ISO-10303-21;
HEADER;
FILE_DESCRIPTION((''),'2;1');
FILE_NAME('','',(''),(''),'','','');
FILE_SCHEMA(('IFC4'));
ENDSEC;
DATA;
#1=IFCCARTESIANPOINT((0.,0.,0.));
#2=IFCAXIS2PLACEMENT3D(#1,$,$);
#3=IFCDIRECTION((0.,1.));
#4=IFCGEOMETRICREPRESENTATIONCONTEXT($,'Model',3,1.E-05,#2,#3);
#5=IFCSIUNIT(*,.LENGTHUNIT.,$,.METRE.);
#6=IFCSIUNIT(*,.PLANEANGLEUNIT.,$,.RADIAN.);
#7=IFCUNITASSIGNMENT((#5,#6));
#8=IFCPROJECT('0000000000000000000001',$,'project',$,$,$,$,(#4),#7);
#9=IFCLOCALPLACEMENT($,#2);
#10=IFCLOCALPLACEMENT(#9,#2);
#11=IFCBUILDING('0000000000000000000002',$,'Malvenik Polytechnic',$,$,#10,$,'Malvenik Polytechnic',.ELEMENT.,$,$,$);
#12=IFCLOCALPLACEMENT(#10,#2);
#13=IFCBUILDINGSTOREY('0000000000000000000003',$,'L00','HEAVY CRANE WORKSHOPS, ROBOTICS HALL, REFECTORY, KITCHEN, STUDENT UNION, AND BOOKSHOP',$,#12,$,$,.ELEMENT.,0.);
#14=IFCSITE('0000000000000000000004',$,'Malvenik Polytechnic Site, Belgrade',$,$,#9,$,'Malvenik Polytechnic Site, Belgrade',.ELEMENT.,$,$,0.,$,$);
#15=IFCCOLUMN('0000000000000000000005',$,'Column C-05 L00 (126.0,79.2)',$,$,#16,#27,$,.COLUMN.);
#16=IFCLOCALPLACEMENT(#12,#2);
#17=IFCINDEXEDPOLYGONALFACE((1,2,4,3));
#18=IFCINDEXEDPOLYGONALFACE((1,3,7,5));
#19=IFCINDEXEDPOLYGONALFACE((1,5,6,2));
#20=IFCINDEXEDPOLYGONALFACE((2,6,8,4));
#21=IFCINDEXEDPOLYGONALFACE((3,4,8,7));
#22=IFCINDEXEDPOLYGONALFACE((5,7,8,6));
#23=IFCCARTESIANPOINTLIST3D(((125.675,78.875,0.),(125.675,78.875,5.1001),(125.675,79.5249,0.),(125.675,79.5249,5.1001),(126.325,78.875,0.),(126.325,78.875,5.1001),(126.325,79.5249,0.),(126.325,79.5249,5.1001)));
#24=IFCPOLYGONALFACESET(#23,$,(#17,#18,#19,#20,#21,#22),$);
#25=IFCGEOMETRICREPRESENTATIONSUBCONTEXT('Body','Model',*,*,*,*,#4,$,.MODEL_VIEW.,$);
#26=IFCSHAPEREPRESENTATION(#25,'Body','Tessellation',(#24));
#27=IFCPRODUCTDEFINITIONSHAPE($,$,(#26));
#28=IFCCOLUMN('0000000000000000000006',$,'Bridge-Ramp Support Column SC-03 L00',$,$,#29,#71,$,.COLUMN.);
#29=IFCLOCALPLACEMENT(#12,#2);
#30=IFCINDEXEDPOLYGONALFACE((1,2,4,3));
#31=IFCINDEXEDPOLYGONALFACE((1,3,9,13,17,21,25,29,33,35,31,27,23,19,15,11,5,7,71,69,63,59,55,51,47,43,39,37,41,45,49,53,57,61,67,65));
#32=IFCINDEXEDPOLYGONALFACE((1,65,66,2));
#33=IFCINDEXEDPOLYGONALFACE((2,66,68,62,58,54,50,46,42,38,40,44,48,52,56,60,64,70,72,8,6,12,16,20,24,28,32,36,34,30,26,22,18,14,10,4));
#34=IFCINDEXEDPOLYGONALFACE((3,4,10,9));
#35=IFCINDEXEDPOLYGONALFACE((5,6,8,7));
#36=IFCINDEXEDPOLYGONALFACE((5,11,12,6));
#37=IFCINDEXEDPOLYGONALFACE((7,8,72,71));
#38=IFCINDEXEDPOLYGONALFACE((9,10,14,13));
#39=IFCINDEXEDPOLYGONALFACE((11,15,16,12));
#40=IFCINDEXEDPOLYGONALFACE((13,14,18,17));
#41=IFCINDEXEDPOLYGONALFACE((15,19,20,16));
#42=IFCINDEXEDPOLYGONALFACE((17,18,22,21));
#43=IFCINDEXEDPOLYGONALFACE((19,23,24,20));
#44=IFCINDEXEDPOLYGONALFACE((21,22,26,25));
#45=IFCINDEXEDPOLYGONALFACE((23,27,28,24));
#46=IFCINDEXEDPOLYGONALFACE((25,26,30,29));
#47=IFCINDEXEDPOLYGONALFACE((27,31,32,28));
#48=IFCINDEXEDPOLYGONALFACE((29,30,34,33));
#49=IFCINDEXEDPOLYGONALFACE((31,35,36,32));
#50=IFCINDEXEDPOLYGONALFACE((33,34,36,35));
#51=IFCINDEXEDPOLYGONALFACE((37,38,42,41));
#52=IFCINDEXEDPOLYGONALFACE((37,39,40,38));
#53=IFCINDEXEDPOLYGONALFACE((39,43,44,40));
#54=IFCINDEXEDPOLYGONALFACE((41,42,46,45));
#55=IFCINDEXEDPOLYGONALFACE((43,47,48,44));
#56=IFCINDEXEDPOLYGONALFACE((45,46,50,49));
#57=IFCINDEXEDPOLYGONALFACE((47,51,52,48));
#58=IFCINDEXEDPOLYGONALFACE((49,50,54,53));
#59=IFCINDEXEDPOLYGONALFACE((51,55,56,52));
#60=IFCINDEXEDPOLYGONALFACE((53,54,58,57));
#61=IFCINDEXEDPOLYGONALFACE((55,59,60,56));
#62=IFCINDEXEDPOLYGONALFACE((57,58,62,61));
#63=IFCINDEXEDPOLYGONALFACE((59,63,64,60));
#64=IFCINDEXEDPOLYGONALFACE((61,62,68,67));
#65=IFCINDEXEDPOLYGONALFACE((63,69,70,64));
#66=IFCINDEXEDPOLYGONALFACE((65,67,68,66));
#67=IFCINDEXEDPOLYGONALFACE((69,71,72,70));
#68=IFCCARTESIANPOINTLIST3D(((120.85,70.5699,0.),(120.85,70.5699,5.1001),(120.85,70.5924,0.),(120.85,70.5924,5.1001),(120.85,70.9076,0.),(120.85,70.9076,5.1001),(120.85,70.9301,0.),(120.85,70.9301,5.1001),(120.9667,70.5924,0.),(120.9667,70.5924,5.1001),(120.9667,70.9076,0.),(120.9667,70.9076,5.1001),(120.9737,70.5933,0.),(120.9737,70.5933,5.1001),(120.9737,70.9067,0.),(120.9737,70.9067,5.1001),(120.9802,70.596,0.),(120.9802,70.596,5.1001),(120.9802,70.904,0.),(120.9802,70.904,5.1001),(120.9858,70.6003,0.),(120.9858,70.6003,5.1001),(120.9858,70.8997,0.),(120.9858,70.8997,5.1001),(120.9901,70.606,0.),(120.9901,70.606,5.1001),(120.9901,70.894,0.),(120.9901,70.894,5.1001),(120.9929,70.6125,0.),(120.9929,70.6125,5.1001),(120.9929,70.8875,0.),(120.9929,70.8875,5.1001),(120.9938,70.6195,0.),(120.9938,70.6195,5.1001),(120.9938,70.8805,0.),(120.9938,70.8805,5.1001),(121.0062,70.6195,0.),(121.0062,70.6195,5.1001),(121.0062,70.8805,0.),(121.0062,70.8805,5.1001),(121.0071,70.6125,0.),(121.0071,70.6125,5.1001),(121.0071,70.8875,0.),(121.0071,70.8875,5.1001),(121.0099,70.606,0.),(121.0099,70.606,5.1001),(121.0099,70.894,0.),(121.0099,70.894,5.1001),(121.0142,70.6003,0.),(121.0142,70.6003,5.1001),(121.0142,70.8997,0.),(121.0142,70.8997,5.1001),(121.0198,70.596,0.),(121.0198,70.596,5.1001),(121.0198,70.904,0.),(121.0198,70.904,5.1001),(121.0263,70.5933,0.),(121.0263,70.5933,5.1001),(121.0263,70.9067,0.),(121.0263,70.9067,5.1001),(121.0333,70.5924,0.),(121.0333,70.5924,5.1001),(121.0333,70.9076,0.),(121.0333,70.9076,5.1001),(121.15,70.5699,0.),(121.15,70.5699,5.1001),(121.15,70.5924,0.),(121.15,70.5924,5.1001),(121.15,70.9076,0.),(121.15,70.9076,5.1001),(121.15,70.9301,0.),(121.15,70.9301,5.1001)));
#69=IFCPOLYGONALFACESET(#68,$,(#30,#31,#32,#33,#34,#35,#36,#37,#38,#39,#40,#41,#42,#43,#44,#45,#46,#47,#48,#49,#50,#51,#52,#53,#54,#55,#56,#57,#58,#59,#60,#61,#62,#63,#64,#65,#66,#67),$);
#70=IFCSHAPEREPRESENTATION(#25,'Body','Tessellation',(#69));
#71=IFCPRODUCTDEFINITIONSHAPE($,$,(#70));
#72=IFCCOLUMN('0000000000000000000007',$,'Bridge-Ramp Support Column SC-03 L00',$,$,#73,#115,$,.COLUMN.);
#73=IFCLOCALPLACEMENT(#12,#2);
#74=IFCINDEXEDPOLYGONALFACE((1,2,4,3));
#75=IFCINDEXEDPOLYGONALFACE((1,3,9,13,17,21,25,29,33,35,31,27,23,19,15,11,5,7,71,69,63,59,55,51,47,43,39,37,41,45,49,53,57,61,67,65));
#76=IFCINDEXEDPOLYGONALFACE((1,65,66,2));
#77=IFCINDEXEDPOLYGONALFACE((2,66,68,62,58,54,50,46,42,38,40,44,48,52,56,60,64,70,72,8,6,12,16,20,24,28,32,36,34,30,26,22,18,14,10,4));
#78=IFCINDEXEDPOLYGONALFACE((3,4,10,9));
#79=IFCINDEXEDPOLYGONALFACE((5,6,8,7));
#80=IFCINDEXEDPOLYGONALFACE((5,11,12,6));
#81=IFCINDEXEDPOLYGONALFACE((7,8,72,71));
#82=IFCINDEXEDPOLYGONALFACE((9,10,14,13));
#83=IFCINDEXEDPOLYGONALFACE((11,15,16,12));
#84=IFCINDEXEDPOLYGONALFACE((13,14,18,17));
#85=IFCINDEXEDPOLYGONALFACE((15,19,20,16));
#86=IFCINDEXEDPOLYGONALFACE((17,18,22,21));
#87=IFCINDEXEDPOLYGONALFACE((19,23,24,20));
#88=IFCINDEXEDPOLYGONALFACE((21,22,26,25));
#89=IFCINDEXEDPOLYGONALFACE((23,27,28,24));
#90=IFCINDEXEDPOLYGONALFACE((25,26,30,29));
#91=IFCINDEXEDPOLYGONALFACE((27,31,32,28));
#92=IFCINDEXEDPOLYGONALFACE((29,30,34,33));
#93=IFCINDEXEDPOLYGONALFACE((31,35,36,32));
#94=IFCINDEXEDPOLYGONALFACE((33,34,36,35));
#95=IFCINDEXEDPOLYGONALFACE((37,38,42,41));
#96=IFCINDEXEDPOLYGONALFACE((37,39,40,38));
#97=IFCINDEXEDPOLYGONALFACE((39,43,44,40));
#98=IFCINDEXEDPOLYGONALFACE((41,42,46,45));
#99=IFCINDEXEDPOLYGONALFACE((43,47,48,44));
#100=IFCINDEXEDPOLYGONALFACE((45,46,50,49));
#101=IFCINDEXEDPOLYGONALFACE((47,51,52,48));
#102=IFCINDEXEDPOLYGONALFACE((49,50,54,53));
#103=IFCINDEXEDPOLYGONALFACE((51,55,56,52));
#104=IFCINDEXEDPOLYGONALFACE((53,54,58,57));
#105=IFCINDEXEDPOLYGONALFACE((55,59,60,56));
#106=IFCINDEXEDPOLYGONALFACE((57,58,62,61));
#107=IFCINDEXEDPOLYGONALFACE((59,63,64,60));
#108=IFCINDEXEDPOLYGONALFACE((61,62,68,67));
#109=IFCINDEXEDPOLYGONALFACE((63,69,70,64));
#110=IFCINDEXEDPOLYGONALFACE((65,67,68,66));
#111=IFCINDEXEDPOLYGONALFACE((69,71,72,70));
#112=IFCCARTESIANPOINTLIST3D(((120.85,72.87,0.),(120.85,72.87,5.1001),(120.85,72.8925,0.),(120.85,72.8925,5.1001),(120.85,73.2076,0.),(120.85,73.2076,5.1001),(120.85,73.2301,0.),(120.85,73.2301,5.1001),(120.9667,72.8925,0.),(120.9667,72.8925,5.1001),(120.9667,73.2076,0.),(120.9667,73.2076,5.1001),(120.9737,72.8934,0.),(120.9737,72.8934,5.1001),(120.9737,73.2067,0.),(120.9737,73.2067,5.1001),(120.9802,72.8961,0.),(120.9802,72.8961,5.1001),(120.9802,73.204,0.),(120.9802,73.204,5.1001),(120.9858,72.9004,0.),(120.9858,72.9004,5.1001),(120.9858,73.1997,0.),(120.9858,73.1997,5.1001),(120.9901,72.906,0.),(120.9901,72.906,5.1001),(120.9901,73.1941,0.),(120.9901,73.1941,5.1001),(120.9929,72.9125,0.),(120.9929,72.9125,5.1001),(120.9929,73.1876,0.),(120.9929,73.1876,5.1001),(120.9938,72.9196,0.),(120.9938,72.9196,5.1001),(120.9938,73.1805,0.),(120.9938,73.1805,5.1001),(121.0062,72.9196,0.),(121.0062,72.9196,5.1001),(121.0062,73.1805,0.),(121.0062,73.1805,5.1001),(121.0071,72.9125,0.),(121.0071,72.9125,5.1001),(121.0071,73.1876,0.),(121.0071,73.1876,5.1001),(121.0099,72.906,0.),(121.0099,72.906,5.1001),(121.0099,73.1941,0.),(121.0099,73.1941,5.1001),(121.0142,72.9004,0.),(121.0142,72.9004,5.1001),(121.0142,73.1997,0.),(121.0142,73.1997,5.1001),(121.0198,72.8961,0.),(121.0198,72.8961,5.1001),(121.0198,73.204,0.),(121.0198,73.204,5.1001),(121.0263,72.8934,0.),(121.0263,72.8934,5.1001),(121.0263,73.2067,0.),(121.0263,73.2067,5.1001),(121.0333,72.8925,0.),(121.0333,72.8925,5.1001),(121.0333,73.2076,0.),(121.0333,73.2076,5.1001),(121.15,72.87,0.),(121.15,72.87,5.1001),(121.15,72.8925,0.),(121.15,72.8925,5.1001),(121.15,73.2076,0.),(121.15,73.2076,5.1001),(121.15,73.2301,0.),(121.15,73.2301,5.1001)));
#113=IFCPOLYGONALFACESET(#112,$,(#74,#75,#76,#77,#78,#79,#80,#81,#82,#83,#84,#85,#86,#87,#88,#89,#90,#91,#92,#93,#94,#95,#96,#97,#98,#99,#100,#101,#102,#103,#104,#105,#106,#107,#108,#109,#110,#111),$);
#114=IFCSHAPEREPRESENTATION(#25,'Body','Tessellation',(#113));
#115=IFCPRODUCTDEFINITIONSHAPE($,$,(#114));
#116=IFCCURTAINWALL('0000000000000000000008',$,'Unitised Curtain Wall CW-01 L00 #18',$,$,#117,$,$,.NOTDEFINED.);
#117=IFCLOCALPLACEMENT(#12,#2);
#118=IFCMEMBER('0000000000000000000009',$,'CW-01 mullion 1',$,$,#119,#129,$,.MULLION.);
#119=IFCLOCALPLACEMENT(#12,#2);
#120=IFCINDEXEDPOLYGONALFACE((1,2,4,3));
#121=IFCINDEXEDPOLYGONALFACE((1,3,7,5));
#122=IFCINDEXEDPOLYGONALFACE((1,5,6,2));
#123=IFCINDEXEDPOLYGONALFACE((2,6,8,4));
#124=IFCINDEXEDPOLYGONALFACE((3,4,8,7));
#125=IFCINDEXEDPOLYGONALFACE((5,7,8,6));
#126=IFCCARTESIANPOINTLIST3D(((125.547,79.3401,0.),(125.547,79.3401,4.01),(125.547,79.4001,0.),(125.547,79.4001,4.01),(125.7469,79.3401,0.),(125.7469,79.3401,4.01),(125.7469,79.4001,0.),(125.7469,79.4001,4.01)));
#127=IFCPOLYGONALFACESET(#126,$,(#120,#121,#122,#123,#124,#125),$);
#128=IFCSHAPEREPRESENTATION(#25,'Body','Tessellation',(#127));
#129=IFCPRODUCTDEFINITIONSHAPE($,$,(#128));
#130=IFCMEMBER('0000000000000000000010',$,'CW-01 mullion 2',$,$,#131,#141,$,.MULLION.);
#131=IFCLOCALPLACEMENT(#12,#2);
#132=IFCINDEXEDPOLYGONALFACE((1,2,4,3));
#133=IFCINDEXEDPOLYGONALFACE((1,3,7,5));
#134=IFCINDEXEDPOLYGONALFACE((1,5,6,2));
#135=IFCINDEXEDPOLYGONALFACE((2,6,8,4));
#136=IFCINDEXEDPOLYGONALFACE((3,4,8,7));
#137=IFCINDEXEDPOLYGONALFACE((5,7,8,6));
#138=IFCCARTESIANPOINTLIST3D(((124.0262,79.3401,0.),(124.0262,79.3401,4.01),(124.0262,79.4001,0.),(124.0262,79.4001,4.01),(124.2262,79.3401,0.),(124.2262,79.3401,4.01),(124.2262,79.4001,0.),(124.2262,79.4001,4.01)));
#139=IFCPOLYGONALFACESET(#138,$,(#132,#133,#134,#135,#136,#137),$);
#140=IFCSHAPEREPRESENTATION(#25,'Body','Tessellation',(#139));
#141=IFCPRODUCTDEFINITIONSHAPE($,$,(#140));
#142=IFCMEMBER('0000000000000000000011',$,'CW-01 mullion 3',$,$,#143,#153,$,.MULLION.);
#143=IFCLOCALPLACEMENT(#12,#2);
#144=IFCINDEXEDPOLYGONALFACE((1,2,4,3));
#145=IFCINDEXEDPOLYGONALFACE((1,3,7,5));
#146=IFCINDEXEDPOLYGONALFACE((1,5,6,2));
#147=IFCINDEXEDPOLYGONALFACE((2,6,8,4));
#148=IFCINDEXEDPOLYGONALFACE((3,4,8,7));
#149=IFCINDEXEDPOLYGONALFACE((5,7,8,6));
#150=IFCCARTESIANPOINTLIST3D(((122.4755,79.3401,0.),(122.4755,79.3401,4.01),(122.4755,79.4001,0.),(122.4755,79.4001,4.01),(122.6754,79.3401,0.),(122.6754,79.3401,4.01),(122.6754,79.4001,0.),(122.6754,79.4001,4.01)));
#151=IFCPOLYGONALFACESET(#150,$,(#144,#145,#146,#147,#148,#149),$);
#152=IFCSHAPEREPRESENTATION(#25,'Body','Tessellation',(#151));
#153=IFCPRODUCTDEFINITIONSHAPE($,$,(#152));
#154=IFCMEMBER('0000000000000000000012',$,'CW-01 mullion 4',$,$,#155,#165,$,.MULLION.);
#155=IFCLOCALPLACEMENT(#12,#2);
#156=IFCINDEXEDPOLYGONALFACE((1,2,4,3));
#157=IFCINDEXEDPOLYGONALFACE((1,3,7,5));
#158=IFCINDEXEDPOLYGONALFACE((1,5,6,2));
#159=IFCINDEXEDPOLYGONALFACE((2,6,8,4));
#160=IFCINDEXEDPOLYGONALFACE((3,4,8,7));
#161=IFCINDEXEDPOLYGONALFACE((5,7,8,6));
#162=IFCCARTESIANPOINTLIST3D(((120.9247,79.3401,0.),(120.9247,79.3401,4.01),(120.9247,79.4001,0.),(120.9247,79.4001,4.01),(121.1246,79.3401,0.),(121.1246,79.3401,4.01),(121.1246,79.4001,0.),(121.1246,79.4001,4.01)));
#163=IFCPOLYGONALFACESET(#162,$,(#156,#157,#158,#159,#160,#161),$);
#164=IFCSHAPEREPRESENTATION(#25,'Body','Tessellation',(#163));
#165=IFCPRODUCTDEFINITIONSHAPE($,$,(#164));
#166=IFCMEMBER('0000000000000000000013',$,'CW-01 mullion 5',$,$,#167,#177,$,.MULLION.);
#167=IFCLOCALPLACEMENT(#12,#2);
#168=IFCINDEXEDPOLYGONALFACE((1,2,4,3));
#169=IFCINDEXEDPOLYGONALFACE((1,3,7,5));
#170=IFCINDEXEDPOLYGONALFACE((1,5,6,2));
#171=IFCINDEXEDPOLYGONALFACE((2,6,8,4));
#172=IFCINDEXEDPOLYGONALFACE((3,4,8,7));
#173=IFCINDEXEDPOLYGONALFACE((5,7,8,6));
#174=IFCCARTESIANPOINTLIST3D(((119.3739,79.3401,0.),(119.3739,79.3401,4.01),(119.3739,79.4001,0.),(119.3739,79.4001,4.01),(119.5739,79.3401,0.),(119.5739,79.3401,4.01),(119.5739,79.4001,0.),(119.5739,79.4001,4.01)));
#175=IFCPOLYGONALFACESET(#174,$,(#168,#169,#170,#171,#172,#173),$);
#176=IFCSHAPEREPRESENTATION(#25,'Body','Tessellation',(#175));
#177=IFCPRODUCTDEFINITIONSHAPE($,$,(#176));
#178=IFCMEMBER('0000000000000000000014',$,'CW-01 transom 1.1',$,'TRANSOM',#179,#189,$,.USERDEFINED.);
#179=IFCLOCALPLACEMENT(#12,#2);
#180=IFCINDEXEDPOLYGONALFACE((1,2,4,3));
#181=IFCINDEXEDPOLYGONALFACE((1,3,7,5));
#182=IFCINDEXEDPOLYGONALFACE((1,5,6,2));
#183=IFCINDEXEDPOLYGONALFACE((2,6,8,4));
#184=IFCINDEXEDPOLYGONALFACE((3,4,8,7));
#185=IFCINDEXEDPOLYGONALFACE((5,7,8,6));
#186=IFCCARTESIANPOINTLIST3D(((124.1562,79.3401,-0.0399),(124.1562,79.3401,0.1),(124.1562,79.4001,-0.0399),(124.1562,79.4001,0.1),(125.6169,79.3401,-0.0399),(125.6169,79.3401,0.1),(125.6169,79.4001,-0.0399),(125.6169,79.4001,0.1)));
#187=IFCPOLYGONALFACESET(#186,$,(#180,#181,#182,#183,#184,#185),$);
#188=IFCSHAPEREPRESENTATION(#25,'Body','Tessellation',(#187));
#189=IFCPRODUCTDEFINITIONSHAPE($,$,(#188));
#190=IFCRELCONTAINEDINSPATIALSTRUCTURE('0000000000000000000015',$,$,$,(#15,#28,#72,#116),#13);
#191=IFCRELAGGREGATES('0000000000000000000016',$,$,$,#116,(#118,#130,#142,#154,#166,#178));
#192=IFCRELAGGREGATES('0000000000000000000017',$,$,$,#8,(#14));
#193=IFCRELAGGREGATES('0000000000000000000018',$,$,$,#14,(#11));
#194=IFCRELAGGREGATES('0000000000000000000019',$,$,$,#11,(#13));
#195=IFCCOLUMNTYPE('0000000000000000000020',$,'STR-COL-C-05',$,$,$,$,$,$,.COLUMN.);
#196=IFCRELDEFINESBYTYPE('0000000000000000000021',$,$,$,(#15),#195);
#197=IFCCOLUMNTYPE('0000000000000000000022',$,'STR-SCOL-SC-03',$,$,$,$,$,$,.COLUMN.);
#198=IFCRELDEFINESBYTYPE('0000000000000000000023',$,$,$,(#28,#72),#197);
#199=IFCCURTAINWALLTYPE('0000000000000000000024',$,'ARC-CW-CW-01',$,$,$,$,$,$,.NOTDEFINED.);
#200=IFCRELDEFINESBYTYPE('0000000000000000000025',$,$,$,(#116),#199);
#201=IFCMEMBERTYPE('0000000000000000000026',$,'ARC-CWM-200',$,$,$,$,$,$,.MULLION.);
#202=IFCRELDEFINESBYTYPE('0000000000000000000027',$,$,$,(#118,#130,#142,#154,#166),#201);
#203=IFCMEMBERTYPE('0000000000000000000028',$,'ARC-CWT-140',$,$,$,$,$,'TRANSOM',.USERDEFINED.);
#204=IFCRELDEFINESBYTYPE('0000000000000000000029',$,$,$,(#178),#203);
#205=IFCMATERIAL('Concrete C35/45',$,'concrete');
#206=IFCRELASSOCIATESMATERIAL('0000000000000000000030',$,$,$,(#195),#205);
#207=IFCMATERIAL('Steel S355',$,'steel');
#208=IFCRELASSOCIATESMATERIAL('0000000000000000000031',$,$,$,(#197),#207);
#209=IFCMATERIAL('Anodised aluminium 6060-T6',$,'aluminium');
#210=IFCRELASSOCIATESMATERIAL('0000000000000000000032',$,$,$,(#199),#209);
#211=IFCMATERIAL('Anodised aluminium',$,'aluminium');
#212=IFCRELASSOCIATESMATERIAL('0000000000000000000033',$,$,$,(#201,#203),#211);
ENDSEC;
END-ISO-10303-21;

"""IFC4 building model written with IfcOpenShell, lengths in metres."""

from ifc_helpers import new_model, si_unit, direction, frame, origin, origin_2d, place, context, subcontext, project, spatial, rectangle, i_section, extrude, material, material_profile, profile_set, type_object, element, aggregate, save


model = new_model("IFC4")

# Units and contexts
model_context = context("Model", 3, precision=1e-05, world=origin(), true_north=direction((0.0, 1.0)))
body_context = subcontext(model_context, "Body", "Model", "MODEL_VIEW")
ifc_project = project(units=[si_unit("LENGTHUNIT", "METRE"), si_unit("PLANEANGLEUNIT", "RADIAN")], contexts=[model_context])

# Site, building, storey
site_placement = place(None, origin())
site = spatial("IfcSite", under=ifc_project, at=site_placement, Name="Malvenik Polytechnic Site, Belgrade", LongName="Malvenik Polytechnic Site, Belgrade", CompositionType="ELEMENT", RefElevation=0.0)
building_placement = place(site_placement, origin())
building = spatial("IfcBuilding", under=site, at=building_placement, Name="Malvenik Polytechnic", LongName="Malvenik Polytechnic", CompositionType="ELEMENT")
storey_placement = place(building_placement, origin())
storey = spatial("IfcBuildingStorey", under=building, at=storey_placement, Name="L00", Description="HEAVY CRANE WORKSHOPS, ROBOTICS HALL, REFECTORY, KITCHEN, STUDENT UNION, AND BOOKSHOP", CompositionType="ELEMENT", Elevation=0.0)

# Columns
ifc_material_1 = material(Name="Concrete C35/45", Category="concrete")
ifc_material_profile_1 = material_profile(ifc_material_1, rectangle(XDim=0.6499, YDim=0.6499, at=origin_2d()), Name="RC COL 650x650")
ifc_profile_set_1 = profile_set([ifc_material_profile_1], Name="Concrete C35/45")
column_type_1 = type_object("IfcColumnType", Name="STR-COL-C-05", PredefinedType="COLUMN", material=ifc_profile_set_1)
column_placement = place(storey_placement, frame((126.0, 79.2, 0.0), z_axis=(0.0, 0.0, 1.0), x_axis=(1.0, 0.0, 0.0)))
element("IfcColumn", 1, at=column_placement, inside=storey, type_object=column_type_1, Name="Column C-05 L00 (126.0,79.2)", PredefinedType="COLUMN", context=body_context, shape_type="SweptSolid", body=[
    extrude(rectangle(XDim=0.6499, YDim=0.6499, at=origin_2d()), origin(), (0.0, 0.0, 1.0), 5.1001),
])
ifc_material_2 = material(Name="Steel S355", Category="steel")
ifc_material_profile_2 = material_profile(ifc_material_2, i_section(OverallWidth=0.3, OverallDepth=0.3601, WebThickness=0.0125, FlangeThickness=0.0225, FilletRadius=0.0271, at=origin_2d()), Name="HEB 360")
ifc_profile_set_2 = profile_set([ifc_material_profile_2], Name="Steel S355")
column_type_2 = type_object("IfcColumnType", Name="STR-SCOL-SC-03", PredefinedType="COLUMN", material=ifc_profile_set_2)
for number, where, z_axis, x_axis, name in (
    (2, (121.0, 70.75, 0.0), (0.0, 0.0, 1.0), (1.0, 0.0, 0.0), "Bridge-Ramp Support Column SC-03 L00"),
    (3, (121.0, 73.05, 0.0), (0.0, 0.0, 1.0), (1.0, 0.0, 0.0), "Bridge-Ramp Support Column SC-03 L00"),
):
    element("IfcColumn", number, at=place(storey_placement, frame(where, z_axis=z_axis, x_axis=x_axis)), inside=storey, type_object=column_type_2, Name=name, PredefinedType="COLUMN", context=body_context, shape_type="SweptSolid", body=[
        extrude(i_section(OverallWidth=0.3, OverallDepth=0.3601, WebThickness=0.0125, FlangeThickness=0.0225, FilletRadius=0.0271, at=origin_2d()), origin(), (0.0, 0.0, 1.0), 5.1001),
    ])

# Curtain wall, members
ifc_material_3 = material(Name="Anodised aluminium 6060-T6", Category="aluminium")
curtain_wall_type = type_object("IfcCurtainWallType", Name="ARC-CW-CW-01", PredefinedType="NOTDEFINED", material=ifc_material_3)
curtain_wall_placement = place(storey_placement, origin())
curtain_wall = element("IfcCurtainWall", 4, at=curtain_wall_placement, inside=storey, type_object=curtain_wall_type, Name="Unitised Curtain Wall CW-01 L00 #18", PredefinedType="NOTDEFINED")
ifc_material_4 = material(Name="Anodised aluminium", Category="aluminium")
ifc_material_profile_3 = material_profile(ifc_material_4, rectangle(XDim=0.0601, YDim=0.2, at=origin_2d()), Name="ALU MULLION 60x200")
ifc_profile_set_3 = profile_set([ifc_material_profile_3], Name="Anodised aluminium")
member_type_1 = type_object("IfcMemberType", Name="ARC-CWM-200", PredefinedType="MULLION", material=ifc_profile_set_3)
member_1_placement = place(storey_placement, frame((125.647, 79.3701, 0.0), z_axis=(0.0, 0.0, 1.0), x_axis=(0.0, -1.0, 0.0)))
member_1 = element("IfcMember", 5, at=member_1_placement, type_object=member_type_1, Name="CW-01 mullion 1", PredefinedType="MULLION", context=body_context, shape_type="SweptSolid", body=[
    extrude(rectangle(XDim=0.0601, YDim=0.2, at=origin_2d()), origin(), (0.0, 0.0, 1.0), 4.01),
])
member_2_placement = place(storey_placement, frame((124.1262, 79.3701, 0.0), z_axis=(0.0, 0.0, 1.0), x_axis=(0.0, -1.0, 0.0)))
member_2 = element("IfcMember", 6, at=member_2_placement, type_object=member_type_1, Name="CW-01 mullion 2", PredefinedType="MULLION", context=body_context, shape_type="SweptSolid", body=[
    extrude(rectangle(XDim=0.0601, YDim=0.2, at=origin_2d()), origin(), (0.0, 0.0, 1.0), 4.01),
])
member_3_placement = place(storey_placement, frame((122.5754, 79.3701, 0.0), z_axis=(0.0, 0.0, 1.0), x_axis=(0.0, -1.0, 0.0)))
member_3 = element("IfcMember", 7, at=member_3_placement, type_object=member_type_1, Name="CW-01 mullion 3", PredefinedType="MULLION", context=body_context, shape_type="SweptSolid", body=[
    extrude(rectangle(XDim=0.0601, YDim=0.2, at=origin_2d()), origin(), (0.0, 0.0, 1.0), 4.01),
])
member_4_placement = place(storey_placement, frame((121.0247, 79.3701, 0.0), z_axis=(0.0, 0.0, 1.0), x_axis=(0.0, -1.0, 0.0)))
member_4 = element("IfcMember", 8, at=member_4_placement, type_object=member_type_1, Name="CW-01 mullion 4", PredefinedType="MULLION", context=body_context, shape_type="SweptSolid", body=[
    extrude(rectangle(XDim=0.0601, YDim=0.2, at=origin_2d()), origin(), (0.0, 0.0, 1.0), 4.01),
])
member_5_placement = place(storey_placement, frame((119.4739, 79.3701, 0.0), z_axis=(0.0, 0.0, 1.0), x_axis=(0.0, -1.0, 0.0)))
member_5 = element("IfcMember", 9, at=member_5_placement, type_object=member_type_1, Name="CW-01 mullion 5", PredefinedType="MULLION", context=body_context, shape_type="SweptSolid", body=[
    extrude(rectangle(XDim=0.0601, YDim=0.2, at=origin_2d()), origin(), (0.0, 0.0, 1.0), 4.01),
])
ifc_material_profile_4 = material_profile(ifc_material_4, rectangle(XDim=0.0601, YDim=0.1399, at=origin_2d()), Name="ALU TRANSOM 60x140")
ifc_profile_set_4 = profile_set([ifc_material_profile_4], Name="Anodised aluminium")
member_type_2 = type_object("IfcMemberType", Name="ARC-CWT-140", ElementType="TRANSOM", PredefinedType="USERDEFINED", material=ifc_profile_set_4)
member_6_placement = place(storey_placement, frame((125.6169, 79.3701, 0.03), z_axis=(-1.0, 0.0, 0.0), x_axis=(0.0, -1.0, 0.0)))
member_6 = element("IfcMember", 10, at=member_6_placement, type_object=member_type_2, Name="CW-01 transom 1.1", ObjectType="TRANSOM", PredefinedType="USERDEFINED", context=body_context, shape_type="SweptSolid", body=[
    extrude(rectangle(XDim=0.0601, YDim=0.1399, at=origin_2d()), origin(), (0.0, 0.0, 1.0), 1.4607),
])

aggregate(curtain_wall, [member_1, member_2, member_3, member_4, member_5, member_6])

save(model, "model.ifc")
